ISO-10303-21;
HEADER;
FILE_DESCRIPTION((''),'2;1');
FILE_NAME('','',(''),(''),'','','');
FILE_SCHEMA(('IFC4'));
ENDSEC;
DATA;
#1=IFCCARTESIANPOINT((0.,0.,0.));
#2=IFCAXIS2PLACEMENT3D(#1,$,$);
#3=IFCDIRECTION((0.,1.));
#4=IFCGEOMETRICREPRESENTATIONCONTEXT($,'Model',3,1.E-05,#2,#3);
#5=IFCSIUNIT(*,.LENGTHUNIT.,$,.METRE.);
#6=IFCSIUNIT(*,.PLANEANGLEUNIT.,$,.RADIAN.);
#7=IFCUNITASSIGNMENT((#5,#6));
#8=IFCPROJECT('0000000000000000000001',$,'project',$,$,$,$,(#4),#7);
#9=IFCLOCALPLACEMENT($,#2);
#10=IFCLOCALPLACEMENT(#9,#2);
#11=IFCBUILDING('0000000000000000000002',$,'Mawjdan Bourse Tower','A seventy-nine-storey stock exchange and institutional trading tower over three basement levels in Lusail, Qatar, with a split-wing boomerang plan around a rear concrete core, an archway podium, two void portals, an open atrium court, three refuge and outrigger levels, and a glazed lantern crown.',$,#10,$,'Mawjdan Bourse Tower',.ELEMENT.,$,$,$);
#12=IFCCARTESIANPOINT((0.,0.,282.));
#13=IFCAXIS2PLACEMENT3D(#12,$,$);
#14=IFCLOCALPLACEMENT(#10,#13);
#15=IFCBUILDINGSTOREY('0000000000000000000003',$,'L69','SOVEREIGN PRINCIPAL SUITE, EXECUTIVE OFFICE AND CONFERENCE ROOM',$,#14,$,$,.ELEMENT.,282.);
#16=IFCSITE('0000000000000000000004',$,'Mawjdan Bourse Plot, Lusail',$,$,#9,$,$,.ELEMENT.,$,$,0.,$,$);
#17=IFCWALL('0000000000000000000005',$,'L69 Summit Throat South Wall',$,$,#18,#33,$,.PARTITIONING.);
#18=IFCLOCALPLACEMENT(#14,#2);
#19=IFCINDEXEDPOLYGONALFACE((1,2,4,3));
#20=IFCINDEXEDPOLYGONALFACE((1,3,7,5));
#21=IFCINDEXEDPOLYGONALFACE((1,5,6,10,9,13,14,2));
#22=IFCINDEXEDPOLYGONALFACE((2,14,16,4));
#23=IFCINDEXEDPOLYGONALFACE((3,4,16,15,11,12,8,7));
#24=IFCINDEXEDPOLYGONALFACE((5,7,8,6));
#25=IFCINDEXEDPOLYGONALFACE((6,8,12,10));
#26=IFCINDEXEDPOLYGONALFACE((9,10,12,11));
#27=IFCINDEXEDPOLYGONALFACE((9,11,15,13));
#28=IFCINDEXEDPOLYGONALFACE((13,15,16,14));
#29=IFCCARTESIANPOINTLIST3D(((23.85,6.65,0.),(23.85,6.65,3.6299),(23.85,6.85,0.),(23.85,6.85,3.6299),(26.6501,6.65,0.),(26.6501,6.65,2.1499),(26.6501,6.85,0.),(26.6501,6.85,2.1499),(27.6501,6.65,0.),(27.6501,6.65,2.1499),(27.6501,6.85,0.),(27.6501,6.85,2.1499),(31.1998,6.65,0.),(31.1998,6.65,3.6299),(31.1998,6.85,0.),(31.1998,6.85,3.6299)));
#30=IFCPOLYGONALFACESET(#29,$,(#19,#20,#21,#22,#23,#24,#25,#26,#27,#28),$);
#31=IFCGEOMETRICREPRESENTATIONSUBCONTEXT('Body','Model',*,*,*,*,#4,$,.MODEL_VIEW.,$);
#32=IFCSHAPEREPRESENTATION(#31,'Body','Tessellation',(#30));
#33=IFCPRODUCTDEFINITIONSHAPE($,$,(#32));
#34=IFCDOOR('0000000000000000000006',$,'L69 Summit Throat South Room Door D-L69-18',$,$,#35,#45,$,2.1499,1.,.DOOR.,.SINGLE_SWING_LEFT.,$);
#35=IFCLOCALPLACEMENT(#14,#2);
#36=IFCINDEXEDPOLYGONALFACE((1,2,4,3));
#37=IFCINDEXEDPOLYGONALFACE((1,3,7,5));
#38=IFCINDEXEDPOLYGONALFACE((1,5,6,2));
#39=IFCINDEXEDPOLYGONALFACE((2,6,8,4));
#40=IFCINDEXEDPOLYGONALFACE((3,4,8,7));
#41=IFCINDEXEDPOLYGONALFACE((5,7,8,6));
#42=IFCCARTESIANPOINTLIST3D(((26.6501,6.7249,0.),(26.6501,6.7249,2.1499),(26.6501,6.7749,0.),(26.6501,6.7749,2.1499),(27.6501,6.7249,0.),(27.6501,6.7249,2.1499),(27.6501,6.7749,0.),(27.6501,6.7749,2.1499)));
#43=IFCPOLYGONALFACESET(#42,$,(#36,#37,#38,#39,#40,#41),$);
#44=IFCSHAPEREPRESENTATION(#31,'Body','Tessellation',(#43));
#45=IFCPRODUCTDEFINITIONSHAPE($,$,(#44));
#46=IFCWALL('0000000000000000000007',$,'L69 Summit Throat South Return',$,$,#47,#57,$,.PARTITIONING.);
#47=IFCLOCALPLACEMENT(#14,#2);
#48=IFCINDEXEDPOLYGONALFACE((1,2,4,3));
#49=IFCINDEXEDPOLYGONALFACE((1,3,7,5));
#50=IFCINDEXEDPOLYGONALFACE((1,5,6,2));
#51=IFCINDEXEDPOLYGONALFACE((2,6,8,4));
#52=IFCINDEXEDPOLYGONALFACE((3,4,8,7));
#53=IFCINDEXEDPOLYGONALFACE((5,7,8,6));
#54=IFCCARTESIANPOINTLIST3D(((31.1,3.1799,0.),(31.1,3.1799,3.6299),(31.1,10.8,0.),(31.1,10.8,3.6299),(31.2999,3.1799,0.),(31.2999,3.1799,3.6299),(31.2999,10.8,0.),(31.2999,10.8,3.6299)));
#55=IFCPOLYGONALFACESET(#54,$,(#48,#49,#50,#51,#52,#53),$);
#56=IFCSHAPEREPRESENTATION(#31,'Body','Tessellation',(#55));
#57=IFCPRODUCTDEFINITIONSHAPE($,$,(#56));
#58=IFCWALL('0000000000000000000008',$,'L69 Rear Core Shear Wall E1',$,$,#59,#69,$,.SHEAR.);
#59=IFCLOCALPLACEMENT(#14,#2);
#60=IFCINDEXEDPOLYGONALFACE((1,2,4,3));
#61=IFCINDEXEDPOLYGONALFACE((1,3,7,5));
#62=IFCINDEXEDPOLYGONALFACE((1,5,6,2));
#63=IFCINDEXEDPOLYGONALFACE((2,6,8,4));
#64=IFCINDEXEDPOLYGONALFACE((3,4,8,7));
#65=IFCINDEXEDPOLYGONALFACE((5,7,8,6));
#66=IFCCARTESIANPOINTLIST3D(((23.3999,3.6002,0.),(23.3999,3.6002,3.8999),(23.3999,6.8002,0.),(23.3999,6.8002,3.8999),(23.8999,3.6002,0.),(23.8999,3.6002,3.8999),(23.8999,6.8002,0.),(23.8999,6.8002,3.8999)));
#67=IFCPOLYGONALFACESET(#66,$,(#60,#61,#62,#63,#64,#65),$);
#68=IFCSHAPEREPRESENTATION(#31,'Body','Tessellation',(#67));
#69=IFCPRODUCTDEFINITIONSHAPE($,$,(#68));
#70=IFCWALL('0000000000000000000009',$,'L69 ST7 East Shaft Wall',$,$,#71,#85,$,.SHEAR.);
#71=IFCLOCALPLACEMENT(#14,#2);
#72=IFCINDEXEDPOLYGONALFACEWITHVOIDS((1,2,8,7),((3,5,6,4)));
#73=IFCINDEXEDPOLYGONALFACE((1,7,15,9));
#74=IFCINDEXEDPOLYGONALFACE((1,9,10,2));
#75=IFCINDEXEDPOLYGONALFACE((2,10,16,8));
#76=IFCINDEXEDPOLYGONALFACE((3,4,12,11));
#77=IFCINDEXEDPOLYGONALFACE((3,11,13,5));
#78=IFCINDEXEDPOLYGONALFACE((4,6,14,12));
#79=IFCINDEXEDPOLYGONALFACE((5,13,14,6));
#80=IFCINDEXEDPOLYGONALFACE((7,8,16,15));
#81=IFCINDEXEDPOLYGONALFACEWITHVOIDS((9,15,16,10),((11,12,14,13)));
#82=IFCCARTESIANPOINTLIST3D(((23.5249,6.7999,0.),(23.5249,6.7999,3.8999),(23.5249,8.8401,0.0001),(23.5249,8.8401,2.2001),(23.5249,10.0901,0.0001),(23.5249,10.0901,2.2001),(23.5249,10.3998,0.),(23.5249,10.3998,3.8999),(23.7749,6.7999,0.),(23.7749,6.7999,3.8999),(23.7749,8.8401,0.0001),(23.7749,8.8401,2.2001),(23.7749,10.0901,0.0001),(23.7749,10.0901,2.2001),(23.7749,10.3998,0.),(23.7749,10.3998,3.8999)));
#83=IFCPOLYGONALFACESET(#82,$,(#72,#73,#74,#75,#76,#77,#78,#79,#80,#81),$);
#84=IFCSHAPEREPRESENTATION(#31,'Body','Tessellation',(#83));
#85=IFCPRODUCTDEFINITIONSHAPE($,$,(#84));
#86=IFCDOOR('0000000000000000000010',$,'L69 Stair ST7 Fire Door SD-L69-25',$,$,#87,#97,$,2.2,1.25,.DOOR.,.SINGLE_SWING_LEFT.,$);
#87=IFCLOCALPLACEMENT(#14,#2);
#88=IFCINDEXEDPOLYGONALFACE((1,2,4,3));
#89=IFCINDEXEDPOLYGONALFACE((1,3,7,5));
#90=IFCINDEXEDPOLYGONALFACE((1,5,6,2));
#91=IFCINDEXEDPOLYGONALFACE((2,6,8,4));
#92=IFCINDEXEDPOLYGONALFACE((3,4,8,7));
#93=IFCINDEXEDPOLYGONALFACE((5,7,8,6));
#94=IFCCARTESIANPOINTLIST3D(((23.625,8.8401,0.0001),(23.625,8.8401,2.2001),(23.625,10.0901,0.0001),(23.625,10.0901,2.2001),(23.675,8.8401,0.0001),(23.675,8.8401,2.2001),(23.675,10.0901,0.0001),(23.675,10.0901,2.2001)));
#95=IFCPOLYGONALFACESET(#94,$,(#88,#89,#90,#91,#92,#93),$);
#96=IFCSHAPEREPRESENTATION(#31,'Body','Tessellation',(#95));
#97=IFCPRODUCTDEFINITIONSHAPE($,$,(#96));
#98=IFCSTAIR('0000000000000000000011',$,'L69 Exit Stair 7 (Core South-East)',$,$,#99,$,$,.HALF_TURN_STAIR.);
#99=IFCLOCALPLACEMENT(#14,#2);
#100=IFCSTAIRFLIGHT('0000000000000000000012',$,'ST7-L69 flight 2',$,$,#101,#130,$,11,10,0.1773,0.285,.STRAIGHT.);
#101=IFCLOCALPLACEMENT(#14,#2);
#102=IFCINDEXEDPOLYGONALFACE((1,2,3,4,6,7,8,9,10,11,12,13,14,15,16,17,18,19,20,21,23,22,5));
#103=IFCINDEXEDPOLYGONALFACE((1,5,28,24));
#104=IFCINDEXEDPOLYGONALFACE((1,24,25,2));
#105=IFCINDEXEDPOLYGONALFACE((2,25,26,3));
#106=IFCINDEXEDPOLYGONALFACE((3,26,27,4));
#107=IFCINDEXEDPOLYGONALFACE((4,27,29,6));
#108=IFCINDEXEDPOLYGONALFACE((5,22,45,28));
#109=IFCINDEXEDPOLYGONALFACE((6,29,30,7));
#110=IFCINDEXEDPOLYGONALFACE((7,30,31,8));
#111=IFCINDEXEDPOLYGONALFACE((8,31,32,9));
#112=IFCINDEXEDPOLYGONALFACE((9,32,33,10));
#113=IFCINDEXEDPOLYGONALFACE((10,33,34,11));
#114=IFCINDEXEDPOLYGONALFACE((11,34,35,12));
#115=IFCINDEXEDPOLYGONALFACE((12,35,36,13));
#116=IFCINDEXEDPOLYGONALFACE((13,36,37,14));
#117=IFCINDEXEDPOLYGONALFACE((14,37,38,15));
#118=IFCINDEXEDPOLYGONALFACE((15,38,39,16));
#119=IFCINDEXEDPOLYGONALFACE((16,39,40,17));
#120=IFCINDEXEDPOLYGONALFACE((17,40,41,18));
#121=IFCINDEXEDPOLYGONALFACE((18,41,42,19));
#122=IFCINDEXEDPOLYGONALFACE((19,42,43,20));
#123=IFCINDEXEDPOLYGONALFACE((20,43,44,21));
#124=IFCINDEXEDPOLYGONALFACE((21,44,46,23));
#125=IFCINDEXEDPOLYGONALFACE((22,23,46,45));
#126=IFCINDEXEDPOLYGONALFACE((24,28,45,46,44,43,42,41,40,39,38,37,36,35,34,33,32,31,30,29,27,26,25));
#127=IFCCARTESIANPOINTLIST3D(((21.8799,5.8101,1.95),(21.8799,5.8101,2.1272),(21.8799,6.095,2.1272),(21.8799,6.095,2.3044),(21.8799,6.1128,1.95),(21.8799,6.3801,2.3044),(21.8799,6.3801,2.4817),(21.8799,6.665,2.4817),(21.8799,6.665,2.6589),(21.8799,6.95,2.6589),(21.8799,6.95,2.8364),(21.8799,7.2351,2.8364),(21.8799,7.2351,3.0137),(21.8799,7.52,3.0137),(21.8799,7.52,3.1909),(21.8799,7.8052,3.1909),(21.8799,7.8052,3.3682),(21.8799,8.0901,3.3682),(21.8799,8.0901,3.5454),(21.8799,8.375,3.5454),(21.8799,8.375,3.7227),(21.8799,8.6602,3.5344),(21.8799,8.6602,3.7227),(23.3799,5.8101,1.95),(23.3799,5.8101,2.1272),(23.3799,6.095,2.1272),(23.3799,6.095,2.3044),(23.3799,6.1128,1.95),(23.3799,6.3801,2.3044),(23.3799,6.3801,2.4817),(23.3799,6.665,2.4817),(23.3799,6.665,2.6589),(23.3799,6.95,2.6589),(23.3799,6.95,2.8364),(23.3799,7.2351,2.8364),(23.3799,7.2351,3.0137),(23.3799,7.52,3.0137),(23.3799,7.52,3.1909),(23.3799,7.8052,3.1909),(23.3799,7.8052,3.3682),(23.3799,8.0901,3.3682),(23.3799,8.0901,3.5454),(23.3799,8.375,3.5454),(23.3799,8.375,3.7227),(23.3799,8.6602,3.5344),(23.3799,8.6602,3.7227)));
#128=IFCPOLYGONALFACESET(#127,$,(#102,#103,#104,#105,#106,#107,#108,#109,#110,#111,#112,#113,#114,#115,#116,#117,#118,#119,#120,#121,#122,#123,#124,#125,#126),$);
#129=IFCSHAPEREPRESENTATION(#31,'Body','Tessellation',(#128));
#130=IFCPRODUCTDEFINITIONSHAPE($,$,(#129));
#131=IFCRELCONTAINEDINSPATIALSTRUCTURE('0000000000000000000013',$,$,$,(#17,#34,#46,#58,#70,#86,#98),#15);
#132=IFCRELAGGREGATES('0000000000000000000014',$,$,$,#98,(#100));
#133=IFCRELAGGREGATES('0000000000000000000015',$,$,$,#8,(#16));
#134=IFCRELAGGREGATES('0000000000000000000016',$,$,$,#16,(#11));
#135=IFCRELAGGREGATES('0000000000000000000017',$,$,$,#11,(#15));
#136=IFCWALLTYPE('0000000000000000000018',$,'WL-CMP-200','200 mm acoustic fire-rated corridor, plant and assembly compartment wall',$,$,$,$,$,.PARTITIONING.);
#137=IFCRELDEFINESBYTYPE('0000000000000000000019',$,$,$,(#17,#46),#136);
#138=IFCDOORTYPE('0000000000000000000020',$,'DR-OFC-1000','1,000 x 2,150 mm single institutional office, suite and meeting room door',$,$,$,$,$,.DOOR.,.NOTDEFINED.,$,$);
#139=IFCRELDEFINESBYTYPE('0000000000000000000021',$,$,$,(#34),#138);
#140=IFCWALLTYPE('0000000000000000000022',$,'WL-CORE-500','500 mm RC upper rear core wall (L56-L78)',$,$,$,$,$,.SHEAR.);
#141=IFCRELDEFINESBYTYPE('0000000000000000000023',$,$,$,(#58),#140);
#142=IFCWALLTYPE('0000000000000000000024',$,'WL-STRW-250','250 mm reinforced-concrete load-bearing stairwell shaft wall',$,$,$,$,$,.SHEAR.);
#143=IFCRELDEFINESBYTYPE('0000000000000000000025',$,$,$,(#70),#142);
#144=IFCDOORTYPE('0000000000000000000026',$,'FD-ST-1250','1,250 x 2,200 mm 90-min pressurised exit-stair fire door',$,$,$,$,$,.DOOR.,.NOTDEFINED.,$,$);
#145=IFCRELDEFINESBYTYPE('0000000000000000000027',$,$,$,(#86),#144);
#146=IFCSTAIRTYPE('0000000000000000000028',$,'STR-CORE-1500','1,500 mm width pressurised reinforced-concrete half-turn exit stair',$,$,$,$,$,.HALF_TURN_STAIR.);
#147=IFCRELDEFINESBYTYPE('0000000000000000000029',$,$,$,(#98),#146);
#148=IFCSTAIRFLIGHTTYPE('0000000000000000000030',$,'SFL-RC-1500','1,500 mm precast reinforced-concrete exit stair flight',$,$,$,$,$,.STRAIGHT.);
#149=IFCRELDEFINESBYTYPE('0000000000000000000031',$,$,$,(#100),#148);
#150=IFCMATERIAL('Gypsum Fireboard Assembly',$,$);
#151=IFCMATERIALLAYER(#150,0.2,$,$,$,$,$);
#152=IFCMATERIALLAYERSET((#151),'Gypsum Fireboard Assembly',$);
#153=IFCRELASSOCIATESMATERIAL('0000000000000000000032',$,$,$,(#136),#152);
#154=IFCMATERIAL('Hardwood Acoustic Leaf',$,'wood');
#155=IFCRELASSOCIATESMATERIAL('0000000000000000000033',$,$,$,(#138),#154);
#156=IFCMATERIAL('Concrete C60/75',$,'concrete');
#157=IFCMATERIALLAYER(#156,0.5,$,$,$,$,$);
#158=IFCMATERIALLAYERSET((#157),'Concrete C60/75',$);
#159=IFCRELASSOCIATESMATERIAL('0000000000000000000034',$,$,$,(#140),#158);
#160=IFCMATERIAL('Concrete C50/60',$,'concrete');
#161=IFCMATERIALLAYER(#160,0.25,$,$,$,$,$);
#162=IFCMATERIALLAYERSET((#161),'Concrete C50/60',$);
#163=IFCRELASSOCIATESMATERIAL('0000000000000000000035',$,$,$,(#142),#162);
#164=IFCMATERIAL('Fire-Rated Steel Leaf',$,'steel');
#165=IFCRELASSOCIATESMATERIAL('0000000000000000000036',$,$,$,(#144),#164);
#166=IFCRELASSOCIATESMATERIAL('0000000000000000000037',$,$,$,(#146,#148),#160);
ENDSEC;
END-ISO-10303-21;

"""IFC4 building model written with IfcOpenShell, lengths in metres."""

from ifc_helpers import new_model, si_unit, direction, frame, frame_2d, origin, place, context, subcontext, project, spatial, polyline, rectangle, outline, extrude, material, layer, layer_set, type_object, element, fill, aggregate, save


model = new_model("IFC4")

# Units and contexts
model_context = context("Model", 3, precision=1e-05, world=origin(), true_north=direction((0.0, 1.0)))
body_context = subcontext(model_context, "Body", "Model", "MODEL_VIEW")
ifc_project = project(units=[si_unit("LENGTHUNIT", "METRE"), si_unit("PLANEANGLEUNIT", "RADIAN")], contexts=[model_context])

# Site, building, storey
site_placement = place(None, origin())
site = spatial("IfcSite", under=ifc_project, at=site_placement, Name="Mawjdan Bourse Plot, Lusail", CompositionType="ELEMENT", RefElevation=0.0)
building_placement = place(site_placement, origin())
building = spatial("IfcBuilding", under=site, at=building_placement, Name="Mawjdan Bourse Tower", Description="A seventy-nine-storey stock exchange and institutional trading tower over three basement levels in Lusail, Qatar, with a split-wing boomerang plan around a rear concrete core, an archway podium, two void portals, an open atrium court, three refuge and outrigger levels, and a glazed lantern crown.", LongName="Mawjdan Bourse Tower", CompositionType="ELEMENT")
storey_placement = place(building_placement, frame((0.0, 0.0, 282.0)))
storey = spatial("IfcBuildingStorey", under=building, at=storey_placement, Name="L69", Description="SOVEREIGN PRINCIPAL SUITE, EXECUTIVE OFFICE AND CONFERENCE ROOM", CompositionType="ELEMENT", Elevation=282.0)

# Shared definitions
ifc_material_1 = material(Name="Concrete C60/75", Category="concrete")

# Wall, opening, door
ifc_material_2 = material(Name="Gypsum Fireboard Assembly")
ifc_layer_1 = layer(ifc_material_2, 0.2)
ifc_layer_set_1 = layer_set([ifc_layer_1], Name="Gypsum Fireboard Assembly")
wall_type_1 = type_object("IfcWallType", Name="WL-CMP-200", Description="200 mm acoustic fire-rated corridor, plant and assembly compartment wall", PredefinedType="PARTITIONING", material=ifc_layer_set_1)
wall_1_placement = place(storey_placement, frame((23.8501, 6.75, 0.0), z_axis=(0.0, 0.0, 1.0), x_axis=(1.0, 0.0, 0.0)))
wall_1 = element("IfcWall", 1, at=wall_1_placement, inside=storey, type_object=wall_type_1, Name="L69 Summit Throat South Wall", PredefinedType="PARTITIONING", context=body_context, shape_type="SweptSolid", body=[
    extrude(rectangle(XDim=7.3499, YDim=0.2, at=frame_2d((3.6748, 0.0))), origin(), (0.0, 0.0, 1.0), 3.6299),
])
opening_1_placement = place(wall_1_placement, frame((2.8, 0.0, 0.0)))
opening_1 = element("IfcOpeningElement", 2, at=opening_1_placement, cuts=wall_1, PredefinedType="OPENING", context=body_context, shape_type="SweptSolid", body=[
    extrude(rectangle(XDim=1.0, YDim=2.1499, at=frame_2d((0.5, 1.075))), frame((0.0, 0.1099, 0.0), z_axis=(0.0, -1.0, 0.0), x_axis=(1.0, 0.0, 0.0)), (0.0, 0.0, 1.0), 0.22),
])
ifc_material_3 = material(Name="Hardwood Acoustic Leaf", Category="wood")
door_type_1 = type_object("IfcDoorType", Name="DR-OFC-1000", Description="1,000 x 2,150 mm single institutional office, suite and meeting room door", OperationType="NOTDEFINED", PredefinedType="DOOR", material=ifc_material_3)
door_1_placement = place(opening_1_placement, origin())
door_1 = element("IfcDoor", 3, at=door_1_placement, inside=storey, type_object=door_type_1, Name="L69 Summit Throat South Room Door D-L69-18", OperationType="SINGLE_SWING_LEFT", OverallHeight=2.1499, OverallWidth=1.0, PredefinedType="DOOR", context=body_context, shape_type="SweptSolid", body=[
    extrude(rectangle(XDim=1.0, YDim=2.1499, at=frame_2d((0.5, 1.075))), frame((0.0, 0.0249, 0.0), z_axis=(0.0, -1.0, 0.0), x_axis=(1.0, 0.0, 0.0)), (0.0, 0.0, 1.0), 0.05),
])
fill(opening_1, door_1)

# Walls
wall_2_placement = place(storey_placement, frame((31.2, 3.1799, 0.0), z_axis=(0.0, 0.0, 1.0), x_axis=(0.0, 1.0, 0.0)))
element("IfcWall", 4, at=wall_2_placement, inside=storey, type_object=wall_type_1, Name="L69 Summit Throat South Return", PredefinedType="PARTITIONING", context=body_context, shape_type="SweptSolid", body=[
    extrude(rectangle(XDim=7.6201, YDim=0.2, at=frame_2d((3.8101, 0.0))), origin(), (0.0, 0.0, 1.0), 3.6299),
])
ifc_layer_2 = layer(ifc_material_1, 0.5)
ifc_layer_set_2 = layer_set([ifc_layer_2], Name="Concrete C60/75")
wall_type_2 = type_object("IfcWallType", Name="WL-CORE-500", Description="500 mm RC upper rear core wall (L56-L78)", PredefinedType="SHEAR", material=ifc_layer_set_2)
wall_3_placement = place(storey_placement, frame((23.6499, 3.6001, 0.0), z_axis=(0.0, 0.0, 1.0), x_axis=(0.0, 1.0, 0.0)))
element("IfcWall", 5, at=wall_3_placement, inside=storey, type_object=wall_type_2, Name="L69 Rear Core Shear Wall E1", PredefinedType="SHEAR", context=body_context, shape_type="SweptSolid", body=[
    extrude(rectangle(XDim=3.2, YDim=0.5, at=frame_2d((1.6001, 0.0))), origin(), (0.0, 0.0, 1.0), 3.8999),
])

# Wall, opening, door
ifc_material_4 = material(Name="Concrete C50/60", Category="concrete")
ifc_layer_3 = layer(ifc_material_4, 0.25)
ifc_layer_set_3 = layer_set([ifc_layer_3], Name="Concrete C50/60")
wall_type_3 = type_object("IfcWallType", Name="WL-STRW-250", Description="250 mm reinforced-concrete load-bearing stairwell shaft wall", PredefinedType="SHEAR", material=ifc_layer_set_3)
wall_4_placement = place(storey_placement, frame((23.6499, 6.8, 0.0), z_axis=(0.0, 0.0, 1.0), x_axis=(0.0, 1.0, 0.0)))
wall_4 = element("IfcWall", 6, at=wall_4_placement, inside=storey, type_object=wall_type_3, Name="L69 ST7 East Shaft Wall", PredefinedType="SHEAR", context=body_context, shape_type="SweptSolid", body=[
    extrude(rectangle(XDim=3.5999, YDim=0.25, at=frame_2d((1.7998, 0.0))), origin(), (0.0, 0.0, 1.0), 3.8999),
])
opening_2_placement = place(wall_4_placement, frame((2.04, 0.0, 0.0)))
opening_2 = element("IfcOpeningElement", 7, at=opening_2_placement, cuts=wall_4, PredefinedType="OPENING", context=body_context, shape_type="SweptSolid", body=[
    extrude(rectangle(XDim=1.25, YDim=2.2, at=frame_2d((0.625, 1.1001))), frame((0.0, 0.135, 0.0), z_axis=(0.0, -1.0, 0.0), x_axis=(1.0, 0.0, 0.0)), (0.0, 0.0, 1.0), 0.27),
])
ifc_material_5 = material(Name="Fire-Rated Steel Leaf", Category="steel")
door_type_2 = type_object("IfcDoorType", Name="FD-ST-1250", Description="1,250 x 2,200 mm 90-min pressurised exit-stair fire door", OperationType="NOTDEFINED", PredefinedType="DOOR", material=ifc_material_5)
door_2_placement = place(opening_2_placement, origin())
door_2 = element("IfcDoor", 8, at=door_2_placement, inside=storey, type_object=door_type_2, Name="L69 Stair ST7 Fire Door SD-L69-25", OperationType="SINGLE_SWING_LEFT", OverallHeight=2.2, OverallWidth=1.25, PredefinedType="DOOR", context=body_context, shape_type="SweptSolid", body=[
    extrude(rectangle(XDim=1.25, YDim=2.2, at=frame_2d((0.625, 1.1001))), frame((0.0, 0.0249, 0.0), z_axis=(0.0, -1.0, 0.0), x_axis=(1.0, 0.0, 0.0)), (0.0, 0.0, 1.0), 0.05),
])
fill(opening_2, door_2)

# Stair, stair flight
stair_type = type_object("IfcStairType", Name="STR-CORE-1500", Description="1,500 mm width pressurised reinforced-concrete half-turn exit stair", PredefinedType="HALF_TURN_STAIR", material=ifc_material_4)
stair_placement = place(storey_placement, origin())
stair = element("IfcStair", 9, at=stair_placement, inside=storey, type_object=stair_type, Name="L69 Exit Stair 7 (Core South-East)", PredefinedType="HALF_TURN_STAIR")
stair_flight_type = type_object("IfcStairFlightType", Name="SFL-RC-1500", Description="1,500 mm precast reinforced-concrete exit stair flight", PredefinedType="STRAIGHT", material=ifc_material_4)
stair_flight_placement = place(storey_placement, frame((22.6299, 5.8101, 1.95), z_axis=(0.0, 0.0, 1.0), x_axis=(0.0, 1.0, 0.0)))
stair_flight = element("IfcStairFlight", 10, at=stair_flight_placement, type_object=stair_flight_type, Name="ST7-L69 flight 2", NumberOfRisers=11, NumberOfTreads=10, PredefinedType="STRAIGHT", RiserHeight=0.1773, TreadLength=0.285, context=body_context, shape_type="SweptSolid", body=[
    extrude(outline(polyline([(0.0, 0.0), (0.0, 0.1772), (0.2849, 0.1772), (0.2849, 0.3545), (0.5701, 0.3545), (0.5701, 0.5317), (0.855, 0.5317), (0.855, 0.709), (1.1399, 0.709), (1.1399, 0.8865), (1.425, 0.8865), (1.425, 1.0637), (1.71, 1.0637), (1.71, 1.241), (1.9951, 1.241), (1.9951, 1.4182), (2.28, 1.4182), (2.28, 1.5955), (2.5649, 1.5955), (2.5649, 1.7727), (2.8501, 1.7727), (2.8501, 1.95), (2.8501, 1.5845), (0.3027, 0.0), (0.0, 0.0)])), frame((0.0, 0.75, 0.0), z_axis=(0.0, -1.0, 0.0), x_axis=(1.0, 0.0, 0.0)), (0.0, 0.0, 1.0), 1.5),
])
aggregate(stair, [stair_flight])

save(model, "model.ifc")
